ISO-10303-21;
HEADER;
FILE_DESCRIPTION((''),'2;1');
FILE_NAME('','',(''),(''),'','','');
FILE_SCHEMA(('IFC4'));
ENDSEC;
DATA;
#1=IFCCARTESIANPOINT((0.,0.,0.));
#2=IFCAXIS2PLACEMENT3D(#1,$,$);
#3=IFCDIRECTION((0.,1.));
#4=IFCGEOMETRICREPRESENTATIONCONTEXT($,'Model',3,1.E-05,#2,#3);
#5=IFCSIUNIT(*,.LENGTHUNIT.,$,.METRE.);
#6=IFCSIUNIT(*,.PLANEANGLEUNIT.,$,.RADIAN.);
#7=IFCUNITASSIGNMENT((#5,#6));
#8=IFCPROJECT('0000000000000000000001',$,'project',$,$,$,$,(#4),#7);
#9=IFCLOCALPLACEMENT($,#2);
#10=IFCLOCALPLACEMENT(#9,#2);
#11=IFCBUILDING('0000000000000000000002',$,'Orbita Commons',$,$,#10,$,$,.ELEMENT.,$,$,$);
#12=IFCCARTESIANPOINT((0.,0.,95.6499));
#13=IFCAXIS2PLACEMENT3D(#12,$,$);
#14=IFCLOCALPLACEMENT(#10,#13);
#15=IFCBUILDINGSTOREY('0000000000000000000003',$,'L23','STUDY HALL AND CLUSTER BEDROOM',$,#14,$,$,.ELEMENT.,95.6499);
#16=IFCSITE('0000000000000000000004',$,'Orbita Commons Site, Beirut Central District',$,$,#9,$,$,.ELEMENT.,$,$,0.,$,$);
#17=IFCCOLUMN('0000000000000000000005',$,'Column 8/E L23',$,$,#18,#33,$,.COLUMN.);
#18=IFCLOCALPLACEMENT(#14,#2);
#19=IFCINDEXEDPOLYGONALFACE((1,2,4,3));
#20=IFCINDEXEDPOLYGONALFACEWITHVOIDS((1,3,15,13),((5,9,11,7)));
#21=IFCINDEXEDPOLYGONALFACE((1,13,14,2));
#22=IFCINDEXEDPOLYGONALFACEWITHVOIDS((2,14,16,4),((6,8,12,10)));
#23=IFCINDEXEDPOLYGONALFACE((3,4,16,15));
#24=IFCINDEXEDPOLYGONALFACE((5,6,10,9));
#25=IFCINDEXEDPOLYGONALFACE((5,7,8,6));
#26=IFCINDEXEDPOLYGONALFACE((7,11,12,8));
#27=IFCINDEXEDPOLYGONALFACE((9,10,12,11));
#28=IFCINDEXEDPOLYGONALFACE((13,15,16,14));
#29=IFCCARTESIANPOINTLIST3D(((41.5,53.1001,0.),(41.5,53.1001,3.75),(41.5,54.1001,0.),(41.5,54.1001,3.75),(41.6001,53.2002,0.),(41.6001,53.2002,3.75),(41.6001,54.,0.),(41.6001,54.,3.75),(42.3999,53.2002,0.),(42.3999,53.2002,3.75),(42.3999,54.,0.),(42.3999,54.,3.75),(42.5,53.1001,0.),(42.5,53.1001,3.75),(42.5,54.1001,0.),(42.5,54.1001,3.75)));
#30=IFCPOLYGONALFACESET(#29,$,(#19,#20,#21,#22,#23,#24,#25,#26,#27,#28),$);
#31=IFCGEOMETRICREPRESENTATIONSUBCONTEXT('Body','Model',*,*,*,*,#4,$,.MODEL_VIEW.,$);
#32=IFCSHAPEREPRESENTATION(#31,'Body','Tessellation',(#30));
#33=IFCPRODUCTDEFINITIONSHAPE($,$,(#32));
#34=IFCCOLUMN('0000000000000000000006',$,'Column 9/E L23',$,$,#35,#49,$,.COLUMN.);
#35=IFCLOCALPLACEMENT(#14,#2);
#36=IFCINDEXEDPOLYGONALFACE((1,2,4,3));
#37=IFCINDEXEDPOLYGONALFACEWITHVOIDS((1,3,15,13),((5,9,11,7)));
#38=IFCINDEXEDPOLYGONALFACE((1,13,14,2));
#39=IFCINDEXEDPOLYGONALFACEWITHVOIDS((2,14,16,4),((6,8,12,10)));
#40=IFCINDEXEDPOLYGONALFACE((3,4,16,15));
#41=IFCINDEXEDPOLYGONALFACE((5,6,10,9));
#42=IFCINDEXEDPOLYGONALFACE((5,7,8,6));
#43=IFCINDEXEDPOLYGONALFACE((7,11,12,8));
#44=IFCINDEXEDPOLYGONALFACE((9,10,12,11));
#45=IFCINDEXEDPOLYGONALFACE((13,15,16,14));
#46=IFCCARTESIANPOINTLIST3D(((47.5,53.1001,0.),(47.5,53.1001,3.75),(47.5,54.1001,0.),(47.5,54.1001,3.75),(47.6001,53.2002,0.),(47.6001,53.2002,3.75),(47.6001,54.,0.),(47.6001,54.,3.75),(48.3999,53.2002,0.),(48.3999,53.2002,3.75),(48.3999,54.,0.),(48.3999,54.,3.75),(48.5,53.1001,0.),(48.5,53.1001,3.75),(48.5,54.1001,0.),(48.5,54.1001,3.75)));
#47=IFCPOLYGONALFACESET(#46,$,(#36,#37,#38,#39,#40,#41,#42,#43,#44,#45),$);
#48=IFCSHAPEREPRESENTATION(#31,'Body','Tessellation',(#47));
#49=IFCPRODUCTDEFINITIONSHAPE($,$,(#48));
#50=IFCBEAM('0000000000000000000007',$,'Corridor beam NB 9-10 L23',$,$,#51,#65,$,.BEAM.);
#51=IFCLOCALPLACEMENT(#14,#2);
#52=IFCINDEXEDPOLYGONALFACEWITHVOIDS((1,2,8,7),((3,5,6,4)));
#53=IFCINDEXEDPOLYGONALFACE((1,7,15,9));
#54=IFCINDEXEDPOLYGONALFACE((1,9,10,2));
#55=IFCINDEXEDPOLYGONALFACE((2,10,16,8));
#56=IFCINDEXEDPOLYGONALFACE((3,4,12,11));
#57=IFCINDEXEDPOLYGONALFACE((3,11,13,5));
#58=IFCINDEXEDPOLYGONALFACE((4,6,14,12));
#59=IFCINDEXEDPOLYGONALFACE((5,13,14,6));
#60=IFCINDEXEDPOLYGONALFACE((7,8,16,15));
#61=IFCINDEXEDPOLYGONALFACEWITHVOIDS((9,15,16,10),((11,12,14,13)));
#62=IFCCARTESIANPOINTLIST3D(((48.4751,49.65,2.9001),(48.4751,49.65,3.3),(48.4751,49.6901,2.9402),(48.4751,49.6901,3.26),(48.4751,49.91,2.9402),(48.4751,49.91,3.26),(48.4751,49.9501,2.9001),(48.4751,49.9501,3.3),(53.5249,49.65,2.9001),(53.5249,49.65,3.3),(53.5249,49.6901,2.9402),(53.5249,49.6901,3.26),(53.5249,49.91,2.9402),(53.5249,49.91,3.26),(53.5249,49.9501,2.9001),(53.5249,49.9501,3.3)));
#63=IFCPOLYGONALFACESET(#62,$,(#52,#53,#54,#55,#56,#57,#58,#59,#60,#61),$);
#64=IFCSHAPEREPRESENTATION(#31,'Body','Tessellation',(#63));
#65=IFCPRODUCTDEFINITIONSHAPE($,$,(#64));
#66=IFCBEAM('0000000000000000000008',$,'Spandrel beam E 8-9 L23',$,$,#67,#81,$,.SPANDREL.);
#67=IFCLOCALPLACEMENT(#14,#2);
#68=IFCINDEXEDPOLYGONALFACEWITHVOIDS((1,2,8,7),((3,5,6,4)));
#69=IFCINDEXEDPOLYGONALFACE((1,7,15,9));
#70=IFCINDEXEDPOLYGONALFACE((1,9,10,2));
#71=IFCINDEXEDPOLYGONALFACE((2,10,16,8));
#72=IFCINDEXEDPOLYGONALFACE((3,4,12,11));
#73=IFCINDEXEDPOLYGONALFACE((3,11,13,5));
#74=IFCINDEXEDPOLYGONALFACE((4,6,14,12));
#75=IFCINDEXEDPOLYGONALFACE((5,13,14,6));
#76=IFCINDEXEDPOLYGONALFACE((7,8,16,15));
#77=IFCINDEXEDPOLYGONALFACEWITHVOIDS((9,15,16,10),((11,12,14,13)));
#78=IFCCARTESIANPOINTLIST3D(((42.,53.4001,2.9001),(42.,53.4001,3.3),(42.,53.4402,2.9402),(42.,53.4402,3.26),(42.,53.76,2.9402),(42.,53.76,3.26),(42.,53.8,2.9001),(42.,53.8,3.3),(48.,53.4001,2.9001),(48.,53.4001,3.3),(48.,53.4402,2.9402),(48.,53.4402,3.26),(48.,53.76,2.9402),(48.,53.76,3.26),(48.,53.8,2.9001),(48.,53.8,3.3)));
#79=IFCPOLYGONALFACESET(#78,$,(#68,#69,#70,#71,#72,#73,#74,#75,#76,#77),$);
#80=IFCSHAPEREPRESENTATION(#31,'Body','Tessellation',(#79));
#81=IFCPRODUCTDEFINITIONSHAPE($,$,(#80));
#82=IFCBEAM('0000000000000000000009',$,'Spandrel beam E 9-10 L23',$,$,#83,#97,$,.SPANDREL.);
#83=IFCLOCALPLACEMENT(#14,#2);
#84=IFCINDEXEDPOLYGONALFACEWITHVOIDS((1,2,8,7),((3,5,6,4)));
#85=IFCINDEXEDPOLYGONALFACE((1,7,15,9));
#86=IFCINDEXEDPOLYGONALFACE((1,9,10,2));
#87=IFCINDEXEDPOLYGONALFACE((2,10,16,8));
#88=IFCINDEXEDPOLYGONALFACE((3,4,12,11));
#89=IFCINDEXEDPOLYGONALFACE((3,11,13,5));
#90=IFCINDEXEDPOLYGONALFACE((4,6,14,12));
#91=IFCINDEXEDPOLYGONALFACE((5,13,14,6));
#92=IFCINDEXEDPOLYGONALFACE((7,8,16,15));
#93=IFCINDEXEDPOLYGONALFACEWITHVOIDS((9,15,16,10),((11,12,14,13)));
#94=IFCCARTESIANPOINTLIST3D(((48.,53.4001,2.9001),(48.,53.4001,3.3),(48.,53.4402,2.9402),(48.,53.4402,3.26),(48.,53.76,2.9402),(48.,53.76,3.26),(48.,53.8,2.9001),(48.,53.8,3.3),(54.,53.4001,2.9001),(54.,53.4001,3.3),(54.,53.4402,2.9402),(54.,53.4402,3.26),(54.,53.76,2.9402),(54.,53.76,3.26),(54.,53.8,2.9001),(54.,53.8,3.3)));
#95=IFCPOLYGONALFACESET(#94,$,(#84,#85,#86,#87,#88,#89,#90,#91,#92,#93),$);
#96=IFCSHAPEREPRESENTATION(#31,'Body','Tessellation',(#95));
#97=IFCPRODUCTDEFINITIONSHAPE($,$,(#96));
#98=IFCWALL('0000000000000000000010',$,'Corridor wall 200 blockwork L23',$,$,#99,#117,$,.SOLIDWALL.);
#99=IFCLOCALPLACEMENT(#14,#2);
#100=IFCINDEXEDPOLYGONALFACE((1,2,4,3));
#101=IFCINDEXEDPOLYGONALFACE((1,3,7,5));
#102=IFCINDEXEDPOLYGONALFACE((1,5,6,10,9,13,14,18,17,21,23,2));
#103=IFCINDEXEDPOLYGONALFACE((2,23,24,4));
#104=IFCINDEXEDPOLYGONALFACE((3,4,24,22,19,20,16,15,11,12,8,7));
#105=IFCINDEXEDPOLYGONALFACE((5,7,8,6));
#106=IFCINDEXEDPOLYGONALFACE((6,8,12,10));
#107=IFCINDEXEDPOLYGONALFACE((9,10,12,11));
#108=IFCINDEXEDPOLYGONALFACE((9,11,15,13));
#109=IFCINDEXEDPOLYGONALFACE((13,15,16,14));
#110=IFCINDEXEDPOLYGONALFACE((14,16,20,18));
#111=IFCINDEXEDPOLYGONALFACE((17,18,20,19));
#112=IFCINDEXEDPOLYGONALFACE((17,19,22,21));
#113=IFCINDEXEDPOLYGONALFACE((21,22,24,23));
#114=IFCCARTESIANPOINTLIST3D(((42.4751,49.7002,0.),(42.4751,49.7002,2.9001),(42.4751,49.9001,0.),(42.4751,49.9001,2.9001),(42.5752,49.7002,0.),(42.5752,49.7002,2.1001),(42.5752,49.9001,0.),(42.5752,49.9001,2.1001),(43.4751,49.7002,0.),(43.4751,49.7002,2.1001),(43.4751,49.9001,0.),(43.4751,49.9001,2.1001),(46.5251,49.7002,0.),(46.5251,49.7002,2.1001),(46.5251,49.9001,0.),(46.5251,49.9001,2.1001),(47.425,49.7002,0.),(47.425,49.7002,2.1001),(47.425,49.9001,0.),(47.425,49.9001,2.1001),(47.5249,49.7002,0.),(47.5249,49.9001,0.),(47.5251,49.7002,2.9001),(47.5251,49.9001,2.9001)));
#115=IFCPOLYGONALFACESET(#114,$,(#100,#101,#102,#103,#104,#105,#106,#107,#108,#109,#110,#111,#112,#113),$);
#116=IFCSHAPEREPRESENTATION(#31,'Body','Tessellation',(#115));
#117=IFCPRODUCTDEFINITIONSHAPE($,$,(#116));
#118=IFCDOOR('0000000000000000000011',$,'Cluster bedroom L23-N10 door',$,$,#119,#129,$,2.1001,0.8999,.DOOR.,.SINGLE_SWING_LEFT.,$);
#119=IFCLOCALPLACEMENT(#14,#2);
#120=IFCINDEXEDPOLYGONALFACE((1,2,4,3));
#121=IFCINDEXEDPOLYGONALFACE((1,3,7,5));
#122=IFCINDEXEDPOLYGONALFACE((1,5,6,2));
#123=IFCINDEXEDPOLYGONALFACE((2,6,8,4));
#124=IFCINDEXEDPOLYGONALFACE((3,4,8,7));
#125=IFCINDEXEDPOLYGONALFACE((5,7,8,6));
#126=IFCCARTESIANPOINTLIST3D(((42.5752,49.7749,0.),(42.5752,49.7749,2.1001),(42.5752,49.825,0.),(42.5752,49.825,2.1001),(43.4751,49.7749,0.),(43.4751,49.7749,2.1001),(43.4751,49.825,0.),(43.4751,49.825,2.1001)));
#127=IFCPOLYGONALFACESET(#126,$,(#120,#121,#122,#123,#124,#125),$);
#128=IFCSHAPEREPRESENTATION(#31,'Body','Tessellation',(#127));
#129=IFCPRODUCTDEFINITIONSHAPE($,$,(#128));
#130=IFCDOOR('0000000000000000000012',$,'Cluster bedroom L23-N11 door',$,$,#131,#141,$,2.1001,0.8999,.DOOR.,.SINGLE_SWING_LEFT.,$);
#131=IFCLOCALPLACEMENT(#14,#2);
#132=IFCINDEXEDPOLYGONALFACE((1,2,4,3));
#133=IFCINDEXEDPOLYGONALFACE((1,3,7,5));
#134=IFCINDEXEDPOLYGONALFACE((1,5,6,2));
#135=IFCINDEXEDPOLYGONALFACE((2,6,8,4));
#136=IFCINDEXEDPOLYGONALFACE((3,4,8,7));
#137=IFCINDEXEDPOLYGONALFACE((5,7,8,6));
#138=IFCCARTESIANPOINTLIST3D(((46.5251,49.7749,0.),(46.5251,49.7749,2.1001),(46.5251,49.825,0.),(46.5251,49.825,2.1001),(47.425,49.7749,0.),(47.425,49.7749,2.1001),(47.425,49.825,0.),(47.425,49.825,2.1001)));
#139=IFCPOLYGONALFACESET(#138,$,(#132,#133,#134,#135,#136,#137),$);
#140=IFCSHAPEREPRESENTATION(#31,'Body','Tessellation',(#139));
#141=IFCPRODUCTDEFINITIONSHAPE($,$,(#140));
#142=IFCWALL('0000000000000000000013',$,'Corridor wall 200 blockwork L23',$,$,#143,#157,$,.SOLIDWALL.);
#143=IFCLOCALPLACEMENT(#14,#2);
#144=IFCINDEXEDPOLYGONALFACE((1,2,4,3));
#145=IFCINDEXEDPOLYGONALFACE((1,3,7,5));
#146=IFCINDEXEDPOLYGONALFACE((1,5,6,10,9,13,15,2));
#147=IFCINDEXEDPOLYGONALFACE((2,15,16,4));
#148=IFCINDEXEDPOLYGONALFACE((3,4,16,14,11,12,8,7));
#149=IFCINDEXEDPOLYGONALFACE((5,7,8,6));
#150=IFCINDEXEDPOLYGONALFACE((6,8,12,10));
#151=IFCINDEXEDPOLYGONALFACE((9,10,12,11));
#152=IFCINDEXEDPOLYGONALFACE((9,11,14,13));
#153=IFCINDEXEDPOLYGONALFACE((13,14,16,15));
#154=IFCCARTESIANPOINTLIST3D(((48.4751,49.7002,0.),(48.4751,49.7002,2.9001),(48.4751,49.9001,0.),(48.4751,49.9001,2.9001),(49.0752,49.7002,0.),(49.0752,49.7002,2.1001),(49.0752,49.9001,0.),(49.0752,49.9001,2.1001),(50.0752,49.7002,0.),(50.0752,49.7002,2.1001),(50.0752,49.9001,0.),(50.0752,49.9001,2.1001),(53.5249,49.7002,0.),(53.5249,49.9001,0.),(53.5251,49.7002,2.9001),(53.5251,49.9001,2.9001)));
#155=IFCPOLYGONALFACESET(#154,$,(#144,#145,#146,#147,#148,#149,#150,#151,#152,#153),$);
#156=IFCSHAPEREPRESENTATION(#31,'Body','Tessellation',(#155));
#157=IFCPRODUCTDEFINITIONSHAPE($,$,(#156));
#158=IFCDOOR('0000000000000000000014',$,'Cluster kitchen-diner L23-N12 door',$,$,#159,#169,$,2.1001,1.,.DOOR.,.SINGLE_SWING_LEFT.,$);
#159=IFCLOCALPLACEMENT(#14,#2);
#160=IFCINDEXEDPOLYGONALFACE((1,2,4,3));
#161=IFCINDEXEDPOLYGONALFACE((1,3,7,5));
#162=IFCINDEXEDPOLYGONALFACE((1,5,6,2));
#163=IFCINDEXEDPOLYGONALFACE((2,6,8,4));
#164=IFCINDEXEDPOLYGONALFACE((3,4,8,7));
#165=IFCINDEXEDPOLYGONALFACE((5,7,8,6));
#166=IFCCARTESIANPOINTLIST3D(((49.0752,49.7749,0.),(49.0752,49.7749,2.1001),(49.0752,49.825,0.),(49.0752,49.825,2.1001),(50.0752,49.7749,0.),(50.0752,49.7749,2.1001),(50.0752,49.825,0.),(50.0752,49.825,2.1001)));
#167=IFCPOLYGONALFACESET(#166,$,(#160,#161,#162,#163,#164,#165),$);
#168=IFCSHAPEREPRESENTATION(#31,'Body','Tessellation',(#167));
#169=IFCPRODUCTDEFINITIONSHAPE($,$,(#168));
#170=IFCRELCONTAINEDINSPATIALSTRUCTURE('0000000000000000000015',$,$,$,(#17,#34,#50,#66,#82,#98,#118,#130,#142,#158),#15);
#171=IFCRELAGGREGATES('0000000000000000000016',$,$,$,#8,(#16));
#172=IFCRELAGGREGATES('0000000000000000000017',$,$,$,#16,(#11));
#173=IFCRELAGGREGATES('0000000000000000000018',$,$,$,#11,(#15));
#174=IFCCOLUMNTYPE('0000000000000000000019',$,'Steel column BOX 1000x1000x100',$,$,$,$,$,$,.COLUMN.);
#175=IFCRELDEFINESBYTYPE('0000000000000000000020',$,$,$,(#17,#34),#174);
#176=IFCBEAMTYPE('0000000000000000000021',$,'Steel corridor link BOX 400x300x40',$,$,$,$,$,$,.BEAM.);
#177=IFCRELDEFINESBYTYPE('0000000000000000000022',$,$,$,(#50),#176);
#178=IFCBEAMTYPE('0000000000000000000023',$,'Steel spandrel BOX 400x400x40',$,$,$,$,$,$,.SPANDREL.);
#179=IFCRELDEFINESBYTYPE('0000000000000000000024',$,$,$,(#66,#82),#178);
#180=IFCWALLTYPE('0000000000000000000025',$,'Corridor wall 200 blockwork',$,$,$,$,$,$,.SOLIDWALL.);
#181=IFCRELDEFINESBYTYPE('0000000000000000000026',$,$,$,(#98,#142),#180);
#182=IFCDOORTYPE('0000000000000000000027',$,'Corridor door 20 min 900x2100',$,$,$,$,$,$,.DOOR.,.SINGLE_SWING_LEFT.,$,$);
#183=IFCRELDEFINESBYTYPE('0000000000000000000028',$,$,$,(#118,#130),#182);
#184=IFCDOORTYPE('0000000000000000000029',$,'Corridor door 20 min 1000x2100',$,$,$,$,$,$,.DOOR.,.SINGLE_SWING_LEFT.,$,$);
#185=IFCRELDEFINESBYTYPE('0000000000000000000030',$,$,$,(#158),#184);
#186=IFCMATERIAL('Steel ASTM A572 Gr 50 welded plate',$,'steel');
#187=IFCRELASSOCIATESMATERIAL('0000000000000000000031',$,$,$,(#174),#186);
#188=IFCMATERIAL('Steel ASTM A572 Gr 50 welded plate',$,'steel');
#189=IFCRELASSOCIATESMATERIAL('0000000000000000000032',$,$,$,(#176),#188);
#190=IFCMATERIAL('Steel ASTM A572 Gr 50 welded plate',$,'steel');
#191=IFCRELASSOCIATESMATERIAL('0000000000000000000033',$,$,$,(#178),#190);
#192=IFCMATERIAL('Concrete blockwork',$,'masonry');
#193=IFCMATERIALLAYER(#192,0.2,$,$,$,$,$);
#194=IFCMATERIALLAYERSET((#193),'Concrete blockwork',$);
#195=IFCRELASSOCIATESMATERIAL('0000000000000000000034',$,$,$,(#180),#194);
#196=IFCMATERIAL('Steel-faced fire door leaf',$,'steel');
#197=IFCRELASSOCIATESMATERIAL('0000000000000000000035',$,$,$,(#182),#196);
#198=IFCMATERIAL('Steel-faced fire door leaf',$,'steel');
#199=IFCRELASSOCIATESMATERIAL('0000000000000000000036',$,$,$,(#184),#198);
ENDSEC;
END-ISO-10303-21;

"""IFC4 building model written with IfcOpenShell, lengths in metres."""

from ifc_helpers import new_model, si_unit, direction, frame, frame_2d, origin, origin_2d, place, context, subcontext, project, spatial, polyline, rectangle, hollow_rectangle, outline, extrude, material, layer, layer_set, material_profile, profile_set, type_object, element, fill, save


model = new_model("IFC4")

# Units and contexts
model_context = context("Model", 3, precision=1e-05, world=origin(), true_north=direction((0.0, 1.0)))
body_context = subcontext(model_context, "Body", "Model", "MODEL_VIEW")
ifc_project = project(units=[si_unit("LENGTHUNIT", "METRE"), si_unit("PLANEANGLEUNIT", "RADIAN")], contexts=[model_context])

# Site, building, storey
site_placement = place(None, origin())
site = spatial("IfcSite", under=ifc_project, at=site_placement, Name="Orbita Commons Site, Beirut Central District", CompositionType="ELEMENT", RefElevation=0.0)
building_placement = place(site_placement, origin())
building = spatial("IfcBuilding", under=site, at=building_placement, Name="Orbita Commons", CompositionType="ELEMENT")
storey_placement = place(building_placement, frame((0.0, 0.0, 95.6499)))
storey = spatial("IfcBuildingStorey", under=building, at=storey_placement, Name="L23", Description="STUDY HALL AND CLUSTER BEDROOM", CompositionType="ELEMENT", Elevation=95.6499)

# Columns
ifc_material_1 = material(Name="Steel ASTM A572 Gr 50 welded plate", Category="steel")
ifc_material_profile_1 = material_profile(ifc_material_1, hollow_rectangle(XDim=1.0, YDim=1.0, WallThickness=0.1001, at=origin_2d()), Name="BOX 1000x1000x100")
ifc_profile_set_1 = profile_set([ifc_material_profile_1], Name="Steel ASTM A572 Gr 50 welded plate")
column_type = type_object("IfcColumnType", Name="Steel column BOX 1000x1000x100", PredefinedType="COLUMN", material=ifc_profile_set_1)
for number, where, z_axis, x_axis, name in (
    (1, (42.0, 53.6001, 0.0), (0.0, 0.0, 1.0), (1.0, 0.0, 0.0), "Column 8/E L23"),
    (2, (48.0, 53.6001, 0.0), (0.0, 0.0, 1.0), (1.0, 0.0, 0.0), "Column 9/E L23"),
):
    element("IfcColumn", number, at=place(storey_placement, frame(where, z_axis=z_axis, x_axis=x_axis)), inside=storey, type_object=column_type, Name=name, PredefinedType="COLUMN", context=body_context, shape_type="SweptSolid", body=[
        extrude(hollow_rectangle(XDim=1.0, YDim=1.0, WallThickness=0.1001, at=origin_2d()), origin(), (0.0, 0.0, 1.0), 3.75),
    ])

# Beams
ifc_material_2 = material(Name="Steel ASTM A572 Gr 50 welded plate", Category="steel")
ifc_material_profile_2 = material_profile(ifc_material_2, hollow_rectangle(XDim=0.3, YDim=0.3999, WallThickness=0.04, at=origin_2d()), Name="BOX 400x300x40")
ifc_profile_set_2 = profile_set([ifc_material_profile_2], Name="Steel ASTM A572 Gr 50 welded plate")
beam_type_1 = type_object("IfcBeamType", Name="Steel corridor link BOX 400x300x40", PredefinedType="BEAM", material=ifc_profile_set_2)
beam_placement = place(storey_placement, frame((48.4751, 49.8, 3.1001), z_axis=(1.0, 0.0, 0.0), x_axis=(0.0, 1.0, 0.0)))
element("IfcBeam", 3, at=beam_placement, inside=storey, type_object=beam_type_1, Name="Corridor beam NB 9-10 L23", PredefinedType="BEAM", context=body_context, shape_type="SweptSolid", body=[
    extrude(hollow_rectangle(XDim=0.3, YDim=0.3999, WallThickness=0.04, at=origin_2d()), origin(), (0.0, 0.0, 1.0), 5.0498),
])
ifc_material_3 = material(Name="Steel ASTM A572 Gr 50 welded plate", Category="steel")
ifc_material_profile_3 = material_profile(ifc_material_3, hollow_rectangle(XDim=0.3999, YDim=0.3999, WallThickness=0.04, at=origin_2d()), Name="BOX 400x400x40")
ifc_profile_set_3 = profile_set([ifc_material_profile_3], Name="Steel ASTM A572 Gr 50 welded plate")
beam_type_2 = type_object("IfcBeamType", Name="Steel spandrel BOX 400x400x40", PredefinedType="SPANDREL", material=ifc_profile_set_3)
for number, where, z_axis, x_axis, name in (
    (4, (42.0, 53.6001, 3.1001), (1.0, 0.0, 0.0), (0.0, 1.0, 0.0), "Spandrel beam E 8-9 L23"),
    (5, (48.0, 53.6001, 3.1001), (1.0, 0.0, 0.0), (0.0, 1.0, 0.0), "Spandrel beam E 9-10 L23"),
):
    element("IfcBeam", number, at=place(storey_placement, frame(where, z_axis=z_axis, x_axis=x_axis)), inside=storey, type_object=beam_type_2, Name=name, PredefinedType="SPANDREL", context=body_context, shape_type="SweptSolid", body=[
        extrude(hollow_rectangle(XDim=0.3999, YDim=0.3999, WallThickness=0.04, at=origin_2d()), origin(), (0.0, 0.0, 1.0), 6.0),
    ])

# Wall, openings, doors
ifc_material_4 = material(Name="Concrete blockwork", Category="masonry")
ifc_layer_1 = layer(ifc_material_4, 0.2)
ifc_layer_set_1 = layer_set([ifc_layer_1], Name="Concrete blockwork")
wall_type_1 = type_object("IfcWallType", Name="Corridor wall 200 blockwork", PredefinedType="SOLIDWALL", material=ifc_layer_set_1)
wall_1_placement = place(storey_placement, frame((42.4751, 49.8, 0.0), z_axis=(0.0, 0.0, 1.0), x_axis=(1.0, 0.0, 0.0)))
wall_1 = element("IfcWall", 6, at=wall_1_placement, inside=storey, type_object=wall_type_1, Name="Corridor wall 200 blockwork L23", PredefinedType="SOLIDWALL", context=body_context, shape_type="SweptSolid", body=[
    extrude(outline(polyline([(0.0, 0.0), (5.0498, 0.0), (5.05, 2.9001), (0.0, 2.9001), (0.0, 0.0)])), frame((0.0, 0.1001, 0.0), z_axis=(0.0, -1.0, 0.0), x_axis=(1.0, 0.0, 0.0)), (0.0, 0.0, 1.0), 0.2),
])
opening_1_placement = place(wall_1_placement, frame((0.1001, 0.0, 0.0)))
opening_1 = element("IfcOpeningElement", 7, at=opening_1_placement, cuts=wall_1, PredefinedType="OPENING", context=body_context, shape_type="SweptSolid", body=[
    extrude(rectangle(XDim=0.8999, YDim=2.1001, at=frame_2d((0.45, 1.05))), frame((0.0, 0.1099, 0.0), z_axis=(0.0, -1.0, 0.0), x_axis=(1.0, 0.0, 0.0)), (0.0, 0.0, 1.0), 0.22),
])
opening_2_placement = place(wall_1_placement, frame((4.05, 0.0, 0.0)))
opening_2 = element("IfcOpeningElement", 8, at=opening_2_placement, cuts=wall_1, PredefinedType="OPENING", context=body_context, shape_type="SweptSolid", body=[
    extrude(rectangle(XDim=0.8999, YDim=2.1001, at=frame_2d((0.45, 1.05))), frame((0.0, 0.1099, 0.0), z_axis=(0.0, -1.0, 0.0), x_axis=(1.0, 0.0, 0.0)), (0.0, 0.0, 1.0), 0.22),
])
ifc_material_5 = material(Name="Steel-faced fire door leaf", Category="steel")
door_type_1 = type_object("IfcDoorType", Name="Corridor door 20 min 900x2100", OperationType="SINGLE_SWING_LEFT", PredefinedType="DOOR", material=ifc_material_5)
door_1_placement = place(opening_1_placement, origin())
door_1 = element("IfcDoor", 9, at=door_1_placement, inside=storey, type_object=door_type_1, Name="Cluster bedroom L23-N10 door", OperationType="SINGLE_SWING_LEFT", OverallHeight=2.1001, OverallWidth=0.8999, PredefinedType="DOOR", context=body_context, shape_type="SweptSolid", body=[
    extrude(rectangle(XDim=0.8999, YDim=2.1001, at=frame_2d((0.45, 1.05))), frame((0.0, 0.0249, 0.0), z_axis=(0.0, -1.0, 0.0), x_axis=(1.0, 0.0, 0.0)), (0.0, 0.0, 1.0), 0.05),
])
fill(opening_1, door_1)
door_2_placement = place(opening_2_placement, origin())
door_2 = element("IfcDoor", 10, at=door_2_placement, inside=storey, type_object=door_type_1, Name="Cluster bedroom L23-N11 door", OperationType="SINGLE_SWING_LEFT", OverallHeight=2.1001, OverallWidth=0.8999, PredefinedType="DOOR", context=body_context, shape_type="SweptSolid", body=[
    extrude(rectangle(XDim=0.8999, YDim=2.1001, at=frame_2d((0.45, 1.05))), frame((0.0, 0.0249, 0.0), z_axis=(0.0, -1.0, 0.0), x_axis=(1.0, 0.0, 0.0)), (0.0, 0.0, 1.0), 0.05),
])
fill(opening_2, door_2)

# Wall, opening, door
wall_2_placement = place(storey_placement, frame((48.4751, 49.8, 0.0), z_axis=(0.0, 0.0, 1.0), x_axis=(1.0, 0.0, 0.0)))
wall_2 = element("IfcWall", 11, at=wall_2_placement, inside=storey, type_object=wall_type_1, Name="Corridor wall 200 blockwork L23", PredefinedType="SOLIDWALL", context=body_context, shape_type="SweptSolid", body=[
    extrude(outline(polyline([(0.0, 0.0), (5.0498, 0.0), (5.05, 2.9001), (0.0, 2.9001), (0.0, 0.0)])), frame((0.0, 0.1001, 0.0), z_axis=(0.0, -1.0, 0.0), x_axis=(1.0, 0.0, 0.0)), (0.0, 0.0, 1.0), 0.2),
])
opening_3_placement = place(wall_2_placement, frame((0.6001, 0.0, 0.0)))
opening_3 = element("IfcOpeningElement", 12, at=opening_3_placement, cuts=wall_2, PredefinedType="OPENING", context=body_context, shape_type="SweptSolid", body=[
    extrude(rectangle(XDim=1.0, YDim=2.1001, at=frame_2d((0.5, 1.05))), frame((0.0, 0.1099, 0.0), z_axis=(0.0, -1.0, 0.0), x_axis=(1.0, 0.0, 0.0)), (0.0, 0.0, 1.0), 0.22),
])
ifc_material_6 = material(Name="Steel-faced fire door leaf", Category="steel")
door_type_2 = type_object("IfcDoorType", Name="Corridor door 20 min 1000x2100", OperationType="SINGLE_SWING_LEFT", PredefinedType="DOOR", material=ifc_material_6)
door_3_placement = place(opening_3_placement, origin())
door_3 = element("IfcDoor", 13, at=door_3_placement, inside=storey, type_object=door_type_2, Name="Cluster kitchen-diner L23-N12 door", OperationType="SINGLE_SWING_LEFT", OverallHeight=2.1001, OverallWidth=1.0, PredefinedType="DOOR", context=body_context, shape_type="SweptSolid", body=[
    extrude(rectangle(XDim=1.0, YDim=2.1001, at=frame_2d((0.5, 1.05))), frame((0.0, 0.0249, 0.0), z_axis=(0.0, -1.0, 0.0), x_axis=(1.0, 0.0, 0.0)), (0.0, 0.0, 1.0), 0.05),
])
fill(opening_3, door_3)

save(model, "model.ifc")
